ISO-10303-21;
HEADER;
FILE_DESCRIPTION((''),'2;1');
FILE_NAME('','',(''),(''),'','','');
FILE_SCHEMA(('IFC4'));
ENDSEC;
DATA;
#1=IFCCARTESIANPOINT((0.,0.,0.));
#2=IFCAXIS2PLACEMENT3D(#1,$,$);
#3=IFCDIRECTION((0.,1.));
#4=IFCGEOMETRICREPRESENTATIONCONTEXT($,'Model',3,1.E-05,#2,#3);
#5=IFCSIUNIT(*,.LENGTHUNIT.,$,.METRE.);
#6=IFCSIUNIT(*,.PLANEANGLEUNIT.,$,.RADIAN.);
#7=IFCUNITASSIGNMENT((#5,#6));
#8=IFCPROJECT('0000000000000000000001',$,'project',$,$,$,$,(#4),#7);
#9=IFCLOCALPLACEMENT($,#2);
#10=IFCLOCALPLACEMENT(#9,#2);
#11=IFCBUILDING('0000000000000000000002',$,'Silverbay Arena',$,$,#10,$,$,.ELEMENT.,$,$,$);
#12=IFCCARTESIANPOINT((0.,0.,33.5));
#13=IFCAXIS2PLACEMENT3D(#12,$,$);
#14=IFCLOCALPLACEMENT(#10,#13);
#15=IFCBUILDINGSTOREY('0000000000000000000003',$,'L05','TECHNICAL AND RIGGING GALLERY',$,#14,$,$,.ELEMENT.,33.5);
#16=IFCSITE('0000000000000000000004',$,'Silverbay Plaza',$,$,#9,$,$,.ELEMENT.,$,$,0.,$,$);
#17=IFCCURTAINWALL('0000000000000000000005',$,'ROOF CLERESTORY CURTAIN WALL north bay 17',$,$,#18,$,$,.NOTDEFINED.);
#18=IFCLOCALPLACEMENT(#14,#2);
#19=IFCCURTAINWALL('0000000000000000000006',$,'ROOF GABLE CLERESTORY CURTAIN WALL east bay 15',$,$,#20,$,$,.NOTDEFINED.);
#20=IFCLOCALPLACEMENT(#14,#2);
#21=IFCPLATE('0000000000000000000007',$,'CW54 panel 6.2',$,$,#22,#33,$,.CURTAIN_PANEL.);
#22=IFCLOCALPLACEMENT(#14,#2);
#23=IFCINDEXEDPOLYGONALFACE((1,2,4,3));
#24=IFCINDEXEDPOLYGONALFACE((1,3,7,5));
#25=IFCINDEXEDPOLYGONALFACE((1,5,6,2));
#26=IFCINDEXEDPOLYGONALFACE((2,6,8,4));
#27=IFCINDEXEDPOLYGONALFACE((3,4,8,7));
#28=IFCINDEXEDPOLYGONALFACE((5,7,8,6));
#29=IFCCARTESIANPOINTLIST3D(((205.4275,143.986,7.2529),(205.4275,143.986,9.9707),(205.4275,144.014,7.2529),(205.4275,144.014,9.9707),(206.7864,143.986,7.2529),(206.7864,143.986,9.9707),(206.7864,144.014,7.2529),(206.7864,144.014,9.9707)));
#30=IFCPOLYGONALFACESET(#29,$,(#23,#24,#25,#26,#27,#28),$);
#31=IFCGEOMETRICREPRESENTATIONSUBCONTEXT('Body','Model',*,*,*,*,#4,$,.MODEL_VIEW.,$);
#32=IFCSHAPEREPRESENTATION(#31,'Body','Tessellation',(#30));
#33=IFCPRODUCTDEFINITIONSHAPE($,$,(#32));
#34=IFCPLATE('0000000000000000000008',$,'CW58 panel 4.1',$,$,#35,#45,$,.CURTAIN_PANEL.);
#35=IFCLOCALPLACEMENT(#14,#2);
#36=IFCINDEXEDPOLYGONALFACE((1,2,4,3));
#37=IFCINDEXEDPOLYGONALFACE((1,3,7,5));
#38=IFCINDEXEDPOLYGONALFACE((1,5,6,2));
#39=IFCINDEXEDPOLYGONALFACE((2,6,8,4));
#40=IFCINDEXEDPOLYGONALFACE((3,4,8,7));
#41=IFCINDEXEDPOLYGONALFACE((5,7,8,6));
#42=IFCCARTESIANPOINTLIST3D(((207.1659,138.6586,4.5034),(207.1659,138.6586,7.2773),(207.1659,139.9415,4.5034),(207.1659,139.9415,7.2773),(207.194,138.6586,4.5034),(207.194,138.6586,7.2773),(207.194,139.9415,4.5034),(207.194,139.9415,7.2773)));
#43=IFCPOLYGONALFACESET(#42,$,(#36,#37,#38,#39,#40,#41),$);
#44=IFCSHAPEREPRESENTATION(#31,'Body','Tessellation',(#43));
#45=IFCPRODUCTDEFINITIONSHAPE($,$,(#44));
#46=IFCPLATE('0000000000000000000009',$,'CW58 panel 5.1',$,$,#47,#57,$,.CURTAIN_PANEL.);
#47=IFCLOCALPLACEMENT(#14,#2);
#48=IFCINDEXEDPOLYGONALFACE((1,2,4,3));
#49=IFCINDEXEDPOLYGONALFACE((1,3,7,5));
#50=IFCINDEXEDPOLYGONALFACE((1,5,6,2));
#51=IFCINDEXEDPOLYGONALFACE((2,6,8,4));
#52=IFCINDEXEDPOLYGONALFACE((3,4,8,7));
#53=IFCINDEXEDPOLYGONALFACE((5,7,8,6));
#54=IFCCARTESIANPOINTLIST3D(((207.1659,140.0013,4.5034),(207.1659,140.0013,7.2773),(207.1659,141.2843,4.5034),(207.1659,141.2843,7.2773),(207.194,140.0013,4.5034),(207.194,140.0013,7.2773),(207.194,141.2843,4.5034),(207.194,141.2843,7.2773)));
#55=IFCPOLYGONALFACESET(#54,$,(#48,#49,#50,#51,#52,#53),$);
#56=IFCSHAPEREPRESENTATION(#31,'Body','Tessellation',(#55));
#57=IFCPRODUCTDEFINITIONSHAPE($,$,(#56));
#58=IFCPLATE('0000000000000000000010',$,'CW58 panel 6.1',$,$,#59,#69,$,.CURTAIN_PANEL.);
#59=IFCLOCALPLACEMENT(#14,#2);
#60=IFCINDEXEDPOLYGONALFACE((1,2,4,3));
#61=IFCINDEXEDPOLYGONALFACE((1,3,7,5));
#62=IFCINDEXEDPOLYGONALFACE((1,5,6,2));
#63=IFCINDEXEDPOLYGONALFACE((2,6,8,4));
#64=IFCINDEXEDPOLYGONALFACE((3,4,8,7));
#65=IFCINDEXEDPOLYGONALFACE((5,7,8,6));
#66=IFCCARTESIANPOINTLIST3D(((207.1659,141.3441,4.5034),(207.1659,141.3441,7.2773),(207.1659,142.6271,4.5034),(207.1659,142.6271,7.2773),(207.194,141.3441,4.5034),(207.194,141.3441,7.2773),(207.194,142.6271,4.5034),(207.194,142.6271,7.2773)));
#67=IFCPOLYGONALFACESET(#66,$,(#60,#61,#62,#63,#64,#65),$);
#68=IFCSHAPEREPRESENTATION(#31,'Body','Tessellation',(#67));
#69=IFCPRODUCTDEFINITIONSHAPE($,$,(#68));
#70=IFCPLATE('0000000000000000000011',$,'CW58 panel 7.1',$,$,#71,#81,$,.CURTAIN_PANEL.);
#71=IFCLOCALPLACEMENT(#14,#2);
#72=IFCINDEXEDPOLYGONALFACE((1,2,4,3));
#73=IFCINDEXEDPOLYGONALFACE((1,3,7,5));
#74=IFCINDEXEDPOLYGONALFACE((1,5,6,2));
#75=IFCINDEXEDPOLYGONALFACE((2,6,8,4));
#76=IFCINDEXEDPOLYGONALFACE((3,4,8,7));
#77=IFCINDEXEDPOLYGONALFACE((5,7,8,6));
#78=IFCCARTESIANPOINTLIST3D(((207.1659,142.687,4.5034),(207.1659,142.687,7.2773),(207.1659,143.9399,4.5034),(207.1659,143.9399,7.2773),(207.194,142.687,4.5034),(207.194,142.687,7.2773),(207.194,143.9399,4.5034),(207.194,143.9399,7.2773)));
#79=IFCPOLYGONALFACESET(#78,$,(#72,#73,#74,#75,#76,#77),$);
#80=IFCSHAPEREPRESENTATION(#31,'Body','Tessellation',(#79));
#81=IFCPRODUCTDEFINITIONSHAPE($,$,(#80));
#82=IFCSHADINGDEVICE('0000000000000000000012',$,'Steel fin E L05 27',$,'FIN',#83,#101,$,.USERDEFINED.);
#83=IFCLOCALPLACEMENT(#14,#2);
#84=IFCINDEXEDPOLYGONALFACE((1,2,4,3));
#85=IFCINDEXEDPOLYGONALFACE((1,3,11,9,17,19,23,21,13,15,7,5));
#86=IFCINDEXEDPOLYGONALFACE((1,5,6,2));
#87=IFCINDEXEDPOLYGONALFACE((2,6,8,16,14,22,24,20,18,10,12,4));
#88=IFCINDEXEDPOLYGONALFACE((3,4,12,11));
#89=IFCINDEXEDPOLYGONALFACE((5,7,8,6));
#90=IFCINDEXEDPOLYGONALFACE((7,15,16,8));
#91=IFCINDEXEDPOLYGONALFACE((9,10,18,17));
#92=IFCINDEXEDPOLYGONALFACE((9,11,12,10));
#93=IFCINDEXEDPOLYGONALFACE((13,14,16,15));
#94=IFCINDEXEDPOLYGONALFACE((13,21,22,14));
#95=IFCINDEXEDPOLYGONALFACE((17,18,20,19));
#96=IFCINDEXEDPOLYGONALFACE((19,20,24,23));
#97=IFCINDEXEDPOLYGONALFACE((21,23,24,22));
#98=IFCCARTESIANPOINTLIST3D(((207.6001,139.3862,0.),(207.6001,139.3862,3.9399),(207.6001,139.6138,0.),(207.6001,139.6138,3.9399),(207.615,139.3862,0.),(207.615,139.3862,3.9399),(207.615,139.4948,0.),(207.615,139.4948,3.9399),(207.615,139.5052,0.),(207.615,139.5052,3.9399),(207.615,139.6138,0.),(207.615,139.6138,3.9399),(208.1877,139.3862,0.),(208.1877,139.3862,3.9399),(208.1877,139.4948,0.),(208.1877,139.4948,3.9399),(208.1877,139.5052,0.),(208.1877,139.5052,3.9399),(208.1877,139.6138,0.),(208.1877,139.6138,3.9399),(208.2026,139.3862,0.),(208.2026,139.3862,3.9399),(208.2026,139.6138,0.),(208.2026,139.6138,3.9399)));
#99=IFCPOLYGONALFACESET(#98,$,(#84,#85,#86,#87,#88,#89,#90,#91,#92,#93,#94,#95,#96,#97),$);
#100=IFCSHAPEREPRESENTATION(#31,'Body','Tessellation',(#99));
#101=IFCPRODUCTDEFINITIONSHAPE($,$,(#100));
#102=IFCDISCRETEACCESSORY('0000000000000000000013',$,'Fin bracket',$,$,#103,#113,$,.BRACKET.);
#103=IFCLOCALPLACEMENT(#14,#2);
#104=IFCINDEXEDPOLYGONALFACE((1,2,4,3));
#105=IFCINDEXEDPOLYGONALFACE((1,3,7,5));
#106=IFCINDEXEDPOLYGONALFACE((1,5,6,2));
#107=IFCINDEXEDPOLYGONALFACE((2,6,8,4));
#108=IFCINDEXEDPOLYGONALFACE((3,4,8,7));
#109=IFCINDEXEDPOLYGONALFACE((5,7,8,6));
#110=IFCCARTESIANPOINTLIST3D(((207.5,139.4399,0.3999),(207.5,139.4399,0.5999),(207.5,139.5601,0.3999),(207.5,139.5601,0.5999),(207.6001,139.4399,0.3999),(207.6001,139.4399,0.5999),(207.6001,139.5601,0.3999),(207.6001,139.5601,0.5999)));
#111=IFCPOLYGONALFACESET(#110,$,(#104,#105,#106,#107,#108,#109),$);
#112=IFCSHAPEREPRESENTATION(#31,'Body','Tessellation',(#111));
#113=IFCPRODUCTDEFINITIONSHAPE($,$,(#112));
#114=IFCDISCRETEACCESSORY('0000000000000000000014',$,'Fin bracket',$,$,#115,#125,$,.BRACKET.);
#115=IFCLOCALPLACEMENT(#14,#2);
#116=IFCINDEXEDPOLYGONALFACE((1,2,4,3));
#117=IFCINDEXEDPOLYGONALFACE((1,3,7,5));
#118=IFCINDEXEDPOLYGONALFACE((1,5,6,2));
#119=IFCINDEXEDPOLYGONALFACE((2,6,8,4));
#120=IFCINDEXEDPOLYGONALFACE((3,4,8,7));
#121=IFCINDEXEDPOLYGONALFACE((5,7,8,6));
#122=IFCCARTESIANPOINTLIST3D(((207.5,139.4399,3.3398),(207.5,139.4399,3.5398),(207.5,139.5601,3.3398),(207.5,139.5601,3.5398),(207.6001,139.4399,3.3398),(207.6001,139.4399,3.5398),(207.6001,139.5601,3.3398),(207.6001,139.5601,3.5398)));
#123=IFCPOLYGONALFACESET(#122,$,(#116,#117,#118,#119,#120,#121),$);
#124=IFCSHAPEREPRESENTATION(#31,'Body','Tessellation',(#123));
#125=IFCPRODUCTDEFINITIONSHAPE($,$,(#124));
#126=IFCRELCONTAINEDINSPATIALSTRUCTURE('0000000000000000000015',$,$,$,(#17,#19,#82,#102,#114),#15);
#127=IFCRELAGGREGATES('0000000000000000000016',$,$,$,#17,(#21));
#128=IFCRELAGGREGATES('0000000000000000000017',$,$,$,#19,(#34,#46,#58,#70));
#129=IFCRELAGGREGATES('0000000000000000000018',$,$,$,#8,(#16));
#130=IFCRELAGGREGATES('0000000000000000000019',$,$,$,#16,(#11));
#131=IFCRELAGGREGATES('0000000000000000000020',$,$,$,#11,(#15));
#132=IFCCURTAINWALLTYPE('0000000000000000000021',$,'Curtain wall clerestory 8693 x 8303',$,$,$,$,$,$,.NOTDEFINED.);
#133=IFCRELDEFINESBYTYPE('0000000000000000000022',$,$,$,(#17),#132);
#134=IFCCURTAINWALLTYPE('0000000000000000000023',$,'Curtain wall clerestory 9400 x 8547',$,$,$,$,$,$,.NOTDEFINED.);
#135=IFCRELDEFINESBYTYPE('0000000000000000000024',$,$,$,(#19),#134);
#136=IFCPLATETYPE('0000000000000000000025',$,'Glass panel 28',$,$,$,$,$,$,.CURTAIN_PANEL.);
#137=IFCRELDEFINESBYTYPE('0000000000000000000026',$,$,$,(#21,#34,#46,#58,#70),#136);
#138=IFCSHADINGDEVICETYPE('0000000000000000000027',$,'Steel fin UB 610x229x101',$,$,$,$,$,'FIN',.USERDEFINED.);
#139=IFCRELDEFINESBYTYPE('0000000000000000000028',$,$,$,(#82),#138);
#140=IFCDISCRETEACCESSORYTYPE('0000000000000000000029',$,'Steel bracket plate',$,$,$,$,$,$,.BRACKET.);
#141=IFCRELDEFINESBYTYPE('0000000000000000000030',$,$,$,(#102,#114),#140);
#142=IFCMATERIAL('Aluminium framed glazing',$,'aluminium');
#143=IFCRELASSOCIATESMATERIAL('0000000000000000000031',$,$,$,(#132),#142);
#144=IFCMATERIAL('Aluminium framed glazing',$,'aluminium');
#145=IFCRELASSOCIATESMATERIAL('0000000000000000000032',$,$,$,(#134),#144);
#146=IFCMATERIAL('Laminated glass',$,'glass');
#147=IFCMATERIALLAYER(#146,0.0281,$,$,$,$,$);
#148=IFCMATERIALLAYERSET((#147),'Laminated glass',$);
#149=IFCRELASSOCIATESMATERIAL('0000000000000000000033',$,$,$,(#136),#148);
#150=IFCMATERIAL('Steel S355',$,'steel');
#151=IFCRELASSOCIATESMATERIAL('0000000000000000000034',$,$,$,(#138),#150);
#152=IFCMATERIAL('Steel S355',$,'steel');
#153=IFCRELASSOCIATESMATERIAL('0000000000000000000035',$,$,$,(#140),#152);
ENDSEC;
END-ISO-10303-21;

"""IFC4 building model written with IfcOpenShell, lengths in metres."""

from ifc_helpers import new_model, si_unit, direction, frame, origin, origin_2d, place, context, subcontext, project, spatial, rectangle, i_section, extrude, material, layer, layer_set, material_profile, profile_set, type_object, element, aggregate, save


model = new_model("IFC4")

# Units and contexts
model_context = context("Model", 3, precision=1e-05, world=origin(), true_north=direction((0.0, 1.0)))
body_context = subcontext(model_context, "Body", "Model", "MODEL_VIEW")
ifc_project = project(units=[si_unit("LENGTHUNIT", "METRE"), si_unit("PLANEANGLEUNIT", "RADIAN")], contexts=[model_context])

# Site, building, storey
site_placement = place(None, origin())
site = spatial("IfcSite", under=ifc_project, at=site_placement, Name="Silverbay Plaza", CompositionType="ELEMENT", RefElevation=0.0)
building_placement = place(site_placement, origin())
building = spatial("IfcBuilding", under=site, at=building_placement, Name="Silverbay Arena", CompositionType="ELEMENT")
storey_placement = place(building_placement, frame((0.0, 0.0, 33.5)))
storey = spatial("IfcBuildingStorey", under=building, at=storey_placement, Name="L05", Description="TECHNICAL AND RIGGING GALLERY", CompositionType="ELEMENT", Elevation=33.5)

# Curtain walls
ifc_material_1 = material(Name="Aluminium framed glazing", Category="aluminium")
curtain_wall_type_1 = type_object("IfcCurtainWallType", Name="Curtain wall clerestory 8693 x 8303", PredefinedType="NOTDEFINED", material=ifc_material_1)
curtain_wall_1_placement = place(storey_placement, origin())
curtain_wall_1 = element("IfcCurtainWall", 1, at=curtain_wall_1_placement, inside=storey, type_object=curtain_wall_type_1, Name="ROOF CLERESTORY CURTAIN WALL north bay 17", PredefinedType="NOTDEFINED")
ifc_material_2 = material(Name="Aluminium framed glazing", Category="aluminium")
curtain_wall_type_2 = type_object("IfcCurtainWallType", Name="Curtain wall clerestory 9400 x 8547", PredefinedType="NOTDEFINED", material=ifc_material_2)
curtain_wall_2_placement = place(storey_placement, origin())
curtain_wall_2 = element("IfcCurtainWall", 2, at=curtain_wall_2_placement, inside=storey, type_object=curtain_wall_type_2, Name="ROOF GABLE CLERESTORY CURTAIN WALL east bay 15", PredefinedType="NOTDEFINED")

# Plates
ifc_material_3 = material(Name="Laminated glass", Category="glass")
ifc_layer = layer(ifc_material_3, 0.0281)
ifc_layer_set = layer_set([ifc_layer], Name="Laminated glass")
plate_type = type_object("IfcPlateType", Name="Glass panel 28", PredefinedType="CURTAIN_PANEL", material=ifc_layer_set)
plate_1_placement = place(storey_placement, frame((206.1069, 144.0, 7.2529), z_axis=(0.0, 0.0, 1.0), x_axis=(1.0, 0.0, 0.0)))
plate_1 = element("IfcPlate", 3, at=plate_1_placement, type_object=plate_type, Name="CW54 panel 6.2", PredefinedType="CURTAIN_PANEL", context=body_context, shape_type="SweptSolid", body=[
    extrude(rectangle(XDim=1.3589, YDim=0.0281, at=origin_2d()), origin(), (0.0, 0.0, 1.0), 2.7178),
])
aggregate(curtain_wall_1, [plate_1])
plate_2_placement = place(storey_placement, frame((207.1799, 139.3, 4.5034), z_axis=(0.0, 0.0, 1.0), x_axis=(0.0, 1.0, 0.0)))
plate_2 = element("IfcPlate", 4, at=plate_2_placement, type_object=plate_type, Name="CW58 panel 4.1", PredefinedType="CURTAIN_PANEL", context=body_context, shape_type="SweptSolid", body=[
    extrude(rectangle(XDim=1.283, YDim=0.0281, at=origin_2d()), origin(), (0.0, 0.0, 1.0), 2.7739),
])
plate_3_placement = place(storey_placement, frame((207.1799, 140.6428, 4.5034), z_axis=(0.0, 0.0, 1.0), x_axis=(0.0, 1.0, 0.0)))
plate_3 = element("IfcPlate", 5, at=plate_3_placement, type_object=plate_type, Name="CW58 panel 5.1", PredefinedType="CURTAIN_PANEL", context=body_context, shape_type="SweptSolid", body=[
    extrude(rectangle(XDim=1.283, YDim=0.0281, at=origin_2d()), origin(), (0.0, 0.0, 1.0), 2.7739),
])
plate_4_placement = place(storey_placement, frame((207.1799, 141.9856, 4.5034), z_axis=(0.0, 0.0, 1.0), x_axis=(0.0, 1.0, 0.0)))
plate_4 = element("IfcPlate", 6, at=plate_4_placement, type_object=plate_type, Name="CW58 panel 6.1", PredefinedType="CURTAIN_PANEL", context=body_context, shape_type="SweptSolid", body=[
    extrude(rectangle(XDim=1.283, YDim=0.0281, at=origin_2d()), origin(), (0.0, 0.0, 1.0), 2.7739),
])
plate_5_placement = place(storey_placement, frame((207.1799, 143.3135, 4.5034), z_axis=(0.0, 0.0, 1.0), x_axis=(0.0, 1.0, 0.0)))
plate_5 = element("IfcPlate", 7, at=plate_5_placement, type_object=plate_type, Name="CW58 panel 7.1", PredefinedType="CURTAIN_PANEL", context=body_context, shape_type="SweptSolid", body=[
    extrude(rectangle(XDim=1.2529, YDim=0.0281, at=origin_2d()), origin(), (0.0, 0.0, 1.0), 2.7739),
])
aggregate(curtain_wall_2, [plate_2, plate_3, plate_4, plate_5])

# Shading device
ifc_material_4 = material(Name="Steel S355", Category="steel")
ifc_material_profile_1 = material_profile(ifc_material_4, i_section(OverallWidth=0.2275, OverallDepth=0.6025, WebThickness=0.0105, FlangeThickness=0.0149, at=origin_2d()), Name="UB 610x229x101")
ifc_profile_set_1 = profile_set([ifc_material_profile_1], Name="Steel S355")
shading_device_type = type_object("IfcShadingDeviceType", Name="Steel fin UB 610x229x101", ElementType="FIN", PredefinedType="USERDEFINED", material=ifc_profile_set_1)
shading_device_placement = place(storey_placement, frame((207.9014, 139.5, 0.0), z_axis=(0.0, 0.0, 1.0), x_axis=(0.0, 1.0, 0.0)))
element("IfcShadingDevice", 8, at=shading_device_placement, inside=storey, type_object=shading_device_type, Name="Steel fin E L05 27", ObjectType="FIN", PredefinedType="USERDEFINED", context=body_context, shape_type="SweptSolid", body=[
    extrude(i_section(OverallWidth=0.2275, OverallDepth=0.6025, WebThickness=0.0105, FlangeThickness=0.0149, at=origin_2d()), origin(), (0.0, 0.0, 1.0), 3.9399),
])

# Discrete accessories
ifc_material_5 = material(Name="Steel S355", Category="steel")
discrete_accessory_type = type_object("IfcDiscreteAccessoryType", Name="Steel bracket plate", PredefinedType="BRACKET", material=ifc_material_5)
for number, where, z_axis, x_axis, name in (
    (9, (207.55, 139.5, 0.3999), (0.0, 0.0, 1.0), (1.0, 0.0, 0.0), "Fin bracket"),
    (10, (207.55, 139.5, 3.3398), (0.0, 0.0, 1.0), (1.0, 0.0, 0.0), "Fin bracket"),
):
    element("IfcDiscreteAccessory", number, at=place(storey_placement, frame(where, z_axis=z_axis, x_axis=x_axis)), inside=storey, type_object=discrete_accessory_type, Name=name, PredefinedType="BRACKET", context=body_context, shape_type="SweptSolid", body=[
        extrude(rectangle(XDim=0.1001, YDim=0.1201, at=origin_2d()), origin(), (0.0, 0.0, 1.0), 0.2),
    ])

save(model, "model.ifc")
